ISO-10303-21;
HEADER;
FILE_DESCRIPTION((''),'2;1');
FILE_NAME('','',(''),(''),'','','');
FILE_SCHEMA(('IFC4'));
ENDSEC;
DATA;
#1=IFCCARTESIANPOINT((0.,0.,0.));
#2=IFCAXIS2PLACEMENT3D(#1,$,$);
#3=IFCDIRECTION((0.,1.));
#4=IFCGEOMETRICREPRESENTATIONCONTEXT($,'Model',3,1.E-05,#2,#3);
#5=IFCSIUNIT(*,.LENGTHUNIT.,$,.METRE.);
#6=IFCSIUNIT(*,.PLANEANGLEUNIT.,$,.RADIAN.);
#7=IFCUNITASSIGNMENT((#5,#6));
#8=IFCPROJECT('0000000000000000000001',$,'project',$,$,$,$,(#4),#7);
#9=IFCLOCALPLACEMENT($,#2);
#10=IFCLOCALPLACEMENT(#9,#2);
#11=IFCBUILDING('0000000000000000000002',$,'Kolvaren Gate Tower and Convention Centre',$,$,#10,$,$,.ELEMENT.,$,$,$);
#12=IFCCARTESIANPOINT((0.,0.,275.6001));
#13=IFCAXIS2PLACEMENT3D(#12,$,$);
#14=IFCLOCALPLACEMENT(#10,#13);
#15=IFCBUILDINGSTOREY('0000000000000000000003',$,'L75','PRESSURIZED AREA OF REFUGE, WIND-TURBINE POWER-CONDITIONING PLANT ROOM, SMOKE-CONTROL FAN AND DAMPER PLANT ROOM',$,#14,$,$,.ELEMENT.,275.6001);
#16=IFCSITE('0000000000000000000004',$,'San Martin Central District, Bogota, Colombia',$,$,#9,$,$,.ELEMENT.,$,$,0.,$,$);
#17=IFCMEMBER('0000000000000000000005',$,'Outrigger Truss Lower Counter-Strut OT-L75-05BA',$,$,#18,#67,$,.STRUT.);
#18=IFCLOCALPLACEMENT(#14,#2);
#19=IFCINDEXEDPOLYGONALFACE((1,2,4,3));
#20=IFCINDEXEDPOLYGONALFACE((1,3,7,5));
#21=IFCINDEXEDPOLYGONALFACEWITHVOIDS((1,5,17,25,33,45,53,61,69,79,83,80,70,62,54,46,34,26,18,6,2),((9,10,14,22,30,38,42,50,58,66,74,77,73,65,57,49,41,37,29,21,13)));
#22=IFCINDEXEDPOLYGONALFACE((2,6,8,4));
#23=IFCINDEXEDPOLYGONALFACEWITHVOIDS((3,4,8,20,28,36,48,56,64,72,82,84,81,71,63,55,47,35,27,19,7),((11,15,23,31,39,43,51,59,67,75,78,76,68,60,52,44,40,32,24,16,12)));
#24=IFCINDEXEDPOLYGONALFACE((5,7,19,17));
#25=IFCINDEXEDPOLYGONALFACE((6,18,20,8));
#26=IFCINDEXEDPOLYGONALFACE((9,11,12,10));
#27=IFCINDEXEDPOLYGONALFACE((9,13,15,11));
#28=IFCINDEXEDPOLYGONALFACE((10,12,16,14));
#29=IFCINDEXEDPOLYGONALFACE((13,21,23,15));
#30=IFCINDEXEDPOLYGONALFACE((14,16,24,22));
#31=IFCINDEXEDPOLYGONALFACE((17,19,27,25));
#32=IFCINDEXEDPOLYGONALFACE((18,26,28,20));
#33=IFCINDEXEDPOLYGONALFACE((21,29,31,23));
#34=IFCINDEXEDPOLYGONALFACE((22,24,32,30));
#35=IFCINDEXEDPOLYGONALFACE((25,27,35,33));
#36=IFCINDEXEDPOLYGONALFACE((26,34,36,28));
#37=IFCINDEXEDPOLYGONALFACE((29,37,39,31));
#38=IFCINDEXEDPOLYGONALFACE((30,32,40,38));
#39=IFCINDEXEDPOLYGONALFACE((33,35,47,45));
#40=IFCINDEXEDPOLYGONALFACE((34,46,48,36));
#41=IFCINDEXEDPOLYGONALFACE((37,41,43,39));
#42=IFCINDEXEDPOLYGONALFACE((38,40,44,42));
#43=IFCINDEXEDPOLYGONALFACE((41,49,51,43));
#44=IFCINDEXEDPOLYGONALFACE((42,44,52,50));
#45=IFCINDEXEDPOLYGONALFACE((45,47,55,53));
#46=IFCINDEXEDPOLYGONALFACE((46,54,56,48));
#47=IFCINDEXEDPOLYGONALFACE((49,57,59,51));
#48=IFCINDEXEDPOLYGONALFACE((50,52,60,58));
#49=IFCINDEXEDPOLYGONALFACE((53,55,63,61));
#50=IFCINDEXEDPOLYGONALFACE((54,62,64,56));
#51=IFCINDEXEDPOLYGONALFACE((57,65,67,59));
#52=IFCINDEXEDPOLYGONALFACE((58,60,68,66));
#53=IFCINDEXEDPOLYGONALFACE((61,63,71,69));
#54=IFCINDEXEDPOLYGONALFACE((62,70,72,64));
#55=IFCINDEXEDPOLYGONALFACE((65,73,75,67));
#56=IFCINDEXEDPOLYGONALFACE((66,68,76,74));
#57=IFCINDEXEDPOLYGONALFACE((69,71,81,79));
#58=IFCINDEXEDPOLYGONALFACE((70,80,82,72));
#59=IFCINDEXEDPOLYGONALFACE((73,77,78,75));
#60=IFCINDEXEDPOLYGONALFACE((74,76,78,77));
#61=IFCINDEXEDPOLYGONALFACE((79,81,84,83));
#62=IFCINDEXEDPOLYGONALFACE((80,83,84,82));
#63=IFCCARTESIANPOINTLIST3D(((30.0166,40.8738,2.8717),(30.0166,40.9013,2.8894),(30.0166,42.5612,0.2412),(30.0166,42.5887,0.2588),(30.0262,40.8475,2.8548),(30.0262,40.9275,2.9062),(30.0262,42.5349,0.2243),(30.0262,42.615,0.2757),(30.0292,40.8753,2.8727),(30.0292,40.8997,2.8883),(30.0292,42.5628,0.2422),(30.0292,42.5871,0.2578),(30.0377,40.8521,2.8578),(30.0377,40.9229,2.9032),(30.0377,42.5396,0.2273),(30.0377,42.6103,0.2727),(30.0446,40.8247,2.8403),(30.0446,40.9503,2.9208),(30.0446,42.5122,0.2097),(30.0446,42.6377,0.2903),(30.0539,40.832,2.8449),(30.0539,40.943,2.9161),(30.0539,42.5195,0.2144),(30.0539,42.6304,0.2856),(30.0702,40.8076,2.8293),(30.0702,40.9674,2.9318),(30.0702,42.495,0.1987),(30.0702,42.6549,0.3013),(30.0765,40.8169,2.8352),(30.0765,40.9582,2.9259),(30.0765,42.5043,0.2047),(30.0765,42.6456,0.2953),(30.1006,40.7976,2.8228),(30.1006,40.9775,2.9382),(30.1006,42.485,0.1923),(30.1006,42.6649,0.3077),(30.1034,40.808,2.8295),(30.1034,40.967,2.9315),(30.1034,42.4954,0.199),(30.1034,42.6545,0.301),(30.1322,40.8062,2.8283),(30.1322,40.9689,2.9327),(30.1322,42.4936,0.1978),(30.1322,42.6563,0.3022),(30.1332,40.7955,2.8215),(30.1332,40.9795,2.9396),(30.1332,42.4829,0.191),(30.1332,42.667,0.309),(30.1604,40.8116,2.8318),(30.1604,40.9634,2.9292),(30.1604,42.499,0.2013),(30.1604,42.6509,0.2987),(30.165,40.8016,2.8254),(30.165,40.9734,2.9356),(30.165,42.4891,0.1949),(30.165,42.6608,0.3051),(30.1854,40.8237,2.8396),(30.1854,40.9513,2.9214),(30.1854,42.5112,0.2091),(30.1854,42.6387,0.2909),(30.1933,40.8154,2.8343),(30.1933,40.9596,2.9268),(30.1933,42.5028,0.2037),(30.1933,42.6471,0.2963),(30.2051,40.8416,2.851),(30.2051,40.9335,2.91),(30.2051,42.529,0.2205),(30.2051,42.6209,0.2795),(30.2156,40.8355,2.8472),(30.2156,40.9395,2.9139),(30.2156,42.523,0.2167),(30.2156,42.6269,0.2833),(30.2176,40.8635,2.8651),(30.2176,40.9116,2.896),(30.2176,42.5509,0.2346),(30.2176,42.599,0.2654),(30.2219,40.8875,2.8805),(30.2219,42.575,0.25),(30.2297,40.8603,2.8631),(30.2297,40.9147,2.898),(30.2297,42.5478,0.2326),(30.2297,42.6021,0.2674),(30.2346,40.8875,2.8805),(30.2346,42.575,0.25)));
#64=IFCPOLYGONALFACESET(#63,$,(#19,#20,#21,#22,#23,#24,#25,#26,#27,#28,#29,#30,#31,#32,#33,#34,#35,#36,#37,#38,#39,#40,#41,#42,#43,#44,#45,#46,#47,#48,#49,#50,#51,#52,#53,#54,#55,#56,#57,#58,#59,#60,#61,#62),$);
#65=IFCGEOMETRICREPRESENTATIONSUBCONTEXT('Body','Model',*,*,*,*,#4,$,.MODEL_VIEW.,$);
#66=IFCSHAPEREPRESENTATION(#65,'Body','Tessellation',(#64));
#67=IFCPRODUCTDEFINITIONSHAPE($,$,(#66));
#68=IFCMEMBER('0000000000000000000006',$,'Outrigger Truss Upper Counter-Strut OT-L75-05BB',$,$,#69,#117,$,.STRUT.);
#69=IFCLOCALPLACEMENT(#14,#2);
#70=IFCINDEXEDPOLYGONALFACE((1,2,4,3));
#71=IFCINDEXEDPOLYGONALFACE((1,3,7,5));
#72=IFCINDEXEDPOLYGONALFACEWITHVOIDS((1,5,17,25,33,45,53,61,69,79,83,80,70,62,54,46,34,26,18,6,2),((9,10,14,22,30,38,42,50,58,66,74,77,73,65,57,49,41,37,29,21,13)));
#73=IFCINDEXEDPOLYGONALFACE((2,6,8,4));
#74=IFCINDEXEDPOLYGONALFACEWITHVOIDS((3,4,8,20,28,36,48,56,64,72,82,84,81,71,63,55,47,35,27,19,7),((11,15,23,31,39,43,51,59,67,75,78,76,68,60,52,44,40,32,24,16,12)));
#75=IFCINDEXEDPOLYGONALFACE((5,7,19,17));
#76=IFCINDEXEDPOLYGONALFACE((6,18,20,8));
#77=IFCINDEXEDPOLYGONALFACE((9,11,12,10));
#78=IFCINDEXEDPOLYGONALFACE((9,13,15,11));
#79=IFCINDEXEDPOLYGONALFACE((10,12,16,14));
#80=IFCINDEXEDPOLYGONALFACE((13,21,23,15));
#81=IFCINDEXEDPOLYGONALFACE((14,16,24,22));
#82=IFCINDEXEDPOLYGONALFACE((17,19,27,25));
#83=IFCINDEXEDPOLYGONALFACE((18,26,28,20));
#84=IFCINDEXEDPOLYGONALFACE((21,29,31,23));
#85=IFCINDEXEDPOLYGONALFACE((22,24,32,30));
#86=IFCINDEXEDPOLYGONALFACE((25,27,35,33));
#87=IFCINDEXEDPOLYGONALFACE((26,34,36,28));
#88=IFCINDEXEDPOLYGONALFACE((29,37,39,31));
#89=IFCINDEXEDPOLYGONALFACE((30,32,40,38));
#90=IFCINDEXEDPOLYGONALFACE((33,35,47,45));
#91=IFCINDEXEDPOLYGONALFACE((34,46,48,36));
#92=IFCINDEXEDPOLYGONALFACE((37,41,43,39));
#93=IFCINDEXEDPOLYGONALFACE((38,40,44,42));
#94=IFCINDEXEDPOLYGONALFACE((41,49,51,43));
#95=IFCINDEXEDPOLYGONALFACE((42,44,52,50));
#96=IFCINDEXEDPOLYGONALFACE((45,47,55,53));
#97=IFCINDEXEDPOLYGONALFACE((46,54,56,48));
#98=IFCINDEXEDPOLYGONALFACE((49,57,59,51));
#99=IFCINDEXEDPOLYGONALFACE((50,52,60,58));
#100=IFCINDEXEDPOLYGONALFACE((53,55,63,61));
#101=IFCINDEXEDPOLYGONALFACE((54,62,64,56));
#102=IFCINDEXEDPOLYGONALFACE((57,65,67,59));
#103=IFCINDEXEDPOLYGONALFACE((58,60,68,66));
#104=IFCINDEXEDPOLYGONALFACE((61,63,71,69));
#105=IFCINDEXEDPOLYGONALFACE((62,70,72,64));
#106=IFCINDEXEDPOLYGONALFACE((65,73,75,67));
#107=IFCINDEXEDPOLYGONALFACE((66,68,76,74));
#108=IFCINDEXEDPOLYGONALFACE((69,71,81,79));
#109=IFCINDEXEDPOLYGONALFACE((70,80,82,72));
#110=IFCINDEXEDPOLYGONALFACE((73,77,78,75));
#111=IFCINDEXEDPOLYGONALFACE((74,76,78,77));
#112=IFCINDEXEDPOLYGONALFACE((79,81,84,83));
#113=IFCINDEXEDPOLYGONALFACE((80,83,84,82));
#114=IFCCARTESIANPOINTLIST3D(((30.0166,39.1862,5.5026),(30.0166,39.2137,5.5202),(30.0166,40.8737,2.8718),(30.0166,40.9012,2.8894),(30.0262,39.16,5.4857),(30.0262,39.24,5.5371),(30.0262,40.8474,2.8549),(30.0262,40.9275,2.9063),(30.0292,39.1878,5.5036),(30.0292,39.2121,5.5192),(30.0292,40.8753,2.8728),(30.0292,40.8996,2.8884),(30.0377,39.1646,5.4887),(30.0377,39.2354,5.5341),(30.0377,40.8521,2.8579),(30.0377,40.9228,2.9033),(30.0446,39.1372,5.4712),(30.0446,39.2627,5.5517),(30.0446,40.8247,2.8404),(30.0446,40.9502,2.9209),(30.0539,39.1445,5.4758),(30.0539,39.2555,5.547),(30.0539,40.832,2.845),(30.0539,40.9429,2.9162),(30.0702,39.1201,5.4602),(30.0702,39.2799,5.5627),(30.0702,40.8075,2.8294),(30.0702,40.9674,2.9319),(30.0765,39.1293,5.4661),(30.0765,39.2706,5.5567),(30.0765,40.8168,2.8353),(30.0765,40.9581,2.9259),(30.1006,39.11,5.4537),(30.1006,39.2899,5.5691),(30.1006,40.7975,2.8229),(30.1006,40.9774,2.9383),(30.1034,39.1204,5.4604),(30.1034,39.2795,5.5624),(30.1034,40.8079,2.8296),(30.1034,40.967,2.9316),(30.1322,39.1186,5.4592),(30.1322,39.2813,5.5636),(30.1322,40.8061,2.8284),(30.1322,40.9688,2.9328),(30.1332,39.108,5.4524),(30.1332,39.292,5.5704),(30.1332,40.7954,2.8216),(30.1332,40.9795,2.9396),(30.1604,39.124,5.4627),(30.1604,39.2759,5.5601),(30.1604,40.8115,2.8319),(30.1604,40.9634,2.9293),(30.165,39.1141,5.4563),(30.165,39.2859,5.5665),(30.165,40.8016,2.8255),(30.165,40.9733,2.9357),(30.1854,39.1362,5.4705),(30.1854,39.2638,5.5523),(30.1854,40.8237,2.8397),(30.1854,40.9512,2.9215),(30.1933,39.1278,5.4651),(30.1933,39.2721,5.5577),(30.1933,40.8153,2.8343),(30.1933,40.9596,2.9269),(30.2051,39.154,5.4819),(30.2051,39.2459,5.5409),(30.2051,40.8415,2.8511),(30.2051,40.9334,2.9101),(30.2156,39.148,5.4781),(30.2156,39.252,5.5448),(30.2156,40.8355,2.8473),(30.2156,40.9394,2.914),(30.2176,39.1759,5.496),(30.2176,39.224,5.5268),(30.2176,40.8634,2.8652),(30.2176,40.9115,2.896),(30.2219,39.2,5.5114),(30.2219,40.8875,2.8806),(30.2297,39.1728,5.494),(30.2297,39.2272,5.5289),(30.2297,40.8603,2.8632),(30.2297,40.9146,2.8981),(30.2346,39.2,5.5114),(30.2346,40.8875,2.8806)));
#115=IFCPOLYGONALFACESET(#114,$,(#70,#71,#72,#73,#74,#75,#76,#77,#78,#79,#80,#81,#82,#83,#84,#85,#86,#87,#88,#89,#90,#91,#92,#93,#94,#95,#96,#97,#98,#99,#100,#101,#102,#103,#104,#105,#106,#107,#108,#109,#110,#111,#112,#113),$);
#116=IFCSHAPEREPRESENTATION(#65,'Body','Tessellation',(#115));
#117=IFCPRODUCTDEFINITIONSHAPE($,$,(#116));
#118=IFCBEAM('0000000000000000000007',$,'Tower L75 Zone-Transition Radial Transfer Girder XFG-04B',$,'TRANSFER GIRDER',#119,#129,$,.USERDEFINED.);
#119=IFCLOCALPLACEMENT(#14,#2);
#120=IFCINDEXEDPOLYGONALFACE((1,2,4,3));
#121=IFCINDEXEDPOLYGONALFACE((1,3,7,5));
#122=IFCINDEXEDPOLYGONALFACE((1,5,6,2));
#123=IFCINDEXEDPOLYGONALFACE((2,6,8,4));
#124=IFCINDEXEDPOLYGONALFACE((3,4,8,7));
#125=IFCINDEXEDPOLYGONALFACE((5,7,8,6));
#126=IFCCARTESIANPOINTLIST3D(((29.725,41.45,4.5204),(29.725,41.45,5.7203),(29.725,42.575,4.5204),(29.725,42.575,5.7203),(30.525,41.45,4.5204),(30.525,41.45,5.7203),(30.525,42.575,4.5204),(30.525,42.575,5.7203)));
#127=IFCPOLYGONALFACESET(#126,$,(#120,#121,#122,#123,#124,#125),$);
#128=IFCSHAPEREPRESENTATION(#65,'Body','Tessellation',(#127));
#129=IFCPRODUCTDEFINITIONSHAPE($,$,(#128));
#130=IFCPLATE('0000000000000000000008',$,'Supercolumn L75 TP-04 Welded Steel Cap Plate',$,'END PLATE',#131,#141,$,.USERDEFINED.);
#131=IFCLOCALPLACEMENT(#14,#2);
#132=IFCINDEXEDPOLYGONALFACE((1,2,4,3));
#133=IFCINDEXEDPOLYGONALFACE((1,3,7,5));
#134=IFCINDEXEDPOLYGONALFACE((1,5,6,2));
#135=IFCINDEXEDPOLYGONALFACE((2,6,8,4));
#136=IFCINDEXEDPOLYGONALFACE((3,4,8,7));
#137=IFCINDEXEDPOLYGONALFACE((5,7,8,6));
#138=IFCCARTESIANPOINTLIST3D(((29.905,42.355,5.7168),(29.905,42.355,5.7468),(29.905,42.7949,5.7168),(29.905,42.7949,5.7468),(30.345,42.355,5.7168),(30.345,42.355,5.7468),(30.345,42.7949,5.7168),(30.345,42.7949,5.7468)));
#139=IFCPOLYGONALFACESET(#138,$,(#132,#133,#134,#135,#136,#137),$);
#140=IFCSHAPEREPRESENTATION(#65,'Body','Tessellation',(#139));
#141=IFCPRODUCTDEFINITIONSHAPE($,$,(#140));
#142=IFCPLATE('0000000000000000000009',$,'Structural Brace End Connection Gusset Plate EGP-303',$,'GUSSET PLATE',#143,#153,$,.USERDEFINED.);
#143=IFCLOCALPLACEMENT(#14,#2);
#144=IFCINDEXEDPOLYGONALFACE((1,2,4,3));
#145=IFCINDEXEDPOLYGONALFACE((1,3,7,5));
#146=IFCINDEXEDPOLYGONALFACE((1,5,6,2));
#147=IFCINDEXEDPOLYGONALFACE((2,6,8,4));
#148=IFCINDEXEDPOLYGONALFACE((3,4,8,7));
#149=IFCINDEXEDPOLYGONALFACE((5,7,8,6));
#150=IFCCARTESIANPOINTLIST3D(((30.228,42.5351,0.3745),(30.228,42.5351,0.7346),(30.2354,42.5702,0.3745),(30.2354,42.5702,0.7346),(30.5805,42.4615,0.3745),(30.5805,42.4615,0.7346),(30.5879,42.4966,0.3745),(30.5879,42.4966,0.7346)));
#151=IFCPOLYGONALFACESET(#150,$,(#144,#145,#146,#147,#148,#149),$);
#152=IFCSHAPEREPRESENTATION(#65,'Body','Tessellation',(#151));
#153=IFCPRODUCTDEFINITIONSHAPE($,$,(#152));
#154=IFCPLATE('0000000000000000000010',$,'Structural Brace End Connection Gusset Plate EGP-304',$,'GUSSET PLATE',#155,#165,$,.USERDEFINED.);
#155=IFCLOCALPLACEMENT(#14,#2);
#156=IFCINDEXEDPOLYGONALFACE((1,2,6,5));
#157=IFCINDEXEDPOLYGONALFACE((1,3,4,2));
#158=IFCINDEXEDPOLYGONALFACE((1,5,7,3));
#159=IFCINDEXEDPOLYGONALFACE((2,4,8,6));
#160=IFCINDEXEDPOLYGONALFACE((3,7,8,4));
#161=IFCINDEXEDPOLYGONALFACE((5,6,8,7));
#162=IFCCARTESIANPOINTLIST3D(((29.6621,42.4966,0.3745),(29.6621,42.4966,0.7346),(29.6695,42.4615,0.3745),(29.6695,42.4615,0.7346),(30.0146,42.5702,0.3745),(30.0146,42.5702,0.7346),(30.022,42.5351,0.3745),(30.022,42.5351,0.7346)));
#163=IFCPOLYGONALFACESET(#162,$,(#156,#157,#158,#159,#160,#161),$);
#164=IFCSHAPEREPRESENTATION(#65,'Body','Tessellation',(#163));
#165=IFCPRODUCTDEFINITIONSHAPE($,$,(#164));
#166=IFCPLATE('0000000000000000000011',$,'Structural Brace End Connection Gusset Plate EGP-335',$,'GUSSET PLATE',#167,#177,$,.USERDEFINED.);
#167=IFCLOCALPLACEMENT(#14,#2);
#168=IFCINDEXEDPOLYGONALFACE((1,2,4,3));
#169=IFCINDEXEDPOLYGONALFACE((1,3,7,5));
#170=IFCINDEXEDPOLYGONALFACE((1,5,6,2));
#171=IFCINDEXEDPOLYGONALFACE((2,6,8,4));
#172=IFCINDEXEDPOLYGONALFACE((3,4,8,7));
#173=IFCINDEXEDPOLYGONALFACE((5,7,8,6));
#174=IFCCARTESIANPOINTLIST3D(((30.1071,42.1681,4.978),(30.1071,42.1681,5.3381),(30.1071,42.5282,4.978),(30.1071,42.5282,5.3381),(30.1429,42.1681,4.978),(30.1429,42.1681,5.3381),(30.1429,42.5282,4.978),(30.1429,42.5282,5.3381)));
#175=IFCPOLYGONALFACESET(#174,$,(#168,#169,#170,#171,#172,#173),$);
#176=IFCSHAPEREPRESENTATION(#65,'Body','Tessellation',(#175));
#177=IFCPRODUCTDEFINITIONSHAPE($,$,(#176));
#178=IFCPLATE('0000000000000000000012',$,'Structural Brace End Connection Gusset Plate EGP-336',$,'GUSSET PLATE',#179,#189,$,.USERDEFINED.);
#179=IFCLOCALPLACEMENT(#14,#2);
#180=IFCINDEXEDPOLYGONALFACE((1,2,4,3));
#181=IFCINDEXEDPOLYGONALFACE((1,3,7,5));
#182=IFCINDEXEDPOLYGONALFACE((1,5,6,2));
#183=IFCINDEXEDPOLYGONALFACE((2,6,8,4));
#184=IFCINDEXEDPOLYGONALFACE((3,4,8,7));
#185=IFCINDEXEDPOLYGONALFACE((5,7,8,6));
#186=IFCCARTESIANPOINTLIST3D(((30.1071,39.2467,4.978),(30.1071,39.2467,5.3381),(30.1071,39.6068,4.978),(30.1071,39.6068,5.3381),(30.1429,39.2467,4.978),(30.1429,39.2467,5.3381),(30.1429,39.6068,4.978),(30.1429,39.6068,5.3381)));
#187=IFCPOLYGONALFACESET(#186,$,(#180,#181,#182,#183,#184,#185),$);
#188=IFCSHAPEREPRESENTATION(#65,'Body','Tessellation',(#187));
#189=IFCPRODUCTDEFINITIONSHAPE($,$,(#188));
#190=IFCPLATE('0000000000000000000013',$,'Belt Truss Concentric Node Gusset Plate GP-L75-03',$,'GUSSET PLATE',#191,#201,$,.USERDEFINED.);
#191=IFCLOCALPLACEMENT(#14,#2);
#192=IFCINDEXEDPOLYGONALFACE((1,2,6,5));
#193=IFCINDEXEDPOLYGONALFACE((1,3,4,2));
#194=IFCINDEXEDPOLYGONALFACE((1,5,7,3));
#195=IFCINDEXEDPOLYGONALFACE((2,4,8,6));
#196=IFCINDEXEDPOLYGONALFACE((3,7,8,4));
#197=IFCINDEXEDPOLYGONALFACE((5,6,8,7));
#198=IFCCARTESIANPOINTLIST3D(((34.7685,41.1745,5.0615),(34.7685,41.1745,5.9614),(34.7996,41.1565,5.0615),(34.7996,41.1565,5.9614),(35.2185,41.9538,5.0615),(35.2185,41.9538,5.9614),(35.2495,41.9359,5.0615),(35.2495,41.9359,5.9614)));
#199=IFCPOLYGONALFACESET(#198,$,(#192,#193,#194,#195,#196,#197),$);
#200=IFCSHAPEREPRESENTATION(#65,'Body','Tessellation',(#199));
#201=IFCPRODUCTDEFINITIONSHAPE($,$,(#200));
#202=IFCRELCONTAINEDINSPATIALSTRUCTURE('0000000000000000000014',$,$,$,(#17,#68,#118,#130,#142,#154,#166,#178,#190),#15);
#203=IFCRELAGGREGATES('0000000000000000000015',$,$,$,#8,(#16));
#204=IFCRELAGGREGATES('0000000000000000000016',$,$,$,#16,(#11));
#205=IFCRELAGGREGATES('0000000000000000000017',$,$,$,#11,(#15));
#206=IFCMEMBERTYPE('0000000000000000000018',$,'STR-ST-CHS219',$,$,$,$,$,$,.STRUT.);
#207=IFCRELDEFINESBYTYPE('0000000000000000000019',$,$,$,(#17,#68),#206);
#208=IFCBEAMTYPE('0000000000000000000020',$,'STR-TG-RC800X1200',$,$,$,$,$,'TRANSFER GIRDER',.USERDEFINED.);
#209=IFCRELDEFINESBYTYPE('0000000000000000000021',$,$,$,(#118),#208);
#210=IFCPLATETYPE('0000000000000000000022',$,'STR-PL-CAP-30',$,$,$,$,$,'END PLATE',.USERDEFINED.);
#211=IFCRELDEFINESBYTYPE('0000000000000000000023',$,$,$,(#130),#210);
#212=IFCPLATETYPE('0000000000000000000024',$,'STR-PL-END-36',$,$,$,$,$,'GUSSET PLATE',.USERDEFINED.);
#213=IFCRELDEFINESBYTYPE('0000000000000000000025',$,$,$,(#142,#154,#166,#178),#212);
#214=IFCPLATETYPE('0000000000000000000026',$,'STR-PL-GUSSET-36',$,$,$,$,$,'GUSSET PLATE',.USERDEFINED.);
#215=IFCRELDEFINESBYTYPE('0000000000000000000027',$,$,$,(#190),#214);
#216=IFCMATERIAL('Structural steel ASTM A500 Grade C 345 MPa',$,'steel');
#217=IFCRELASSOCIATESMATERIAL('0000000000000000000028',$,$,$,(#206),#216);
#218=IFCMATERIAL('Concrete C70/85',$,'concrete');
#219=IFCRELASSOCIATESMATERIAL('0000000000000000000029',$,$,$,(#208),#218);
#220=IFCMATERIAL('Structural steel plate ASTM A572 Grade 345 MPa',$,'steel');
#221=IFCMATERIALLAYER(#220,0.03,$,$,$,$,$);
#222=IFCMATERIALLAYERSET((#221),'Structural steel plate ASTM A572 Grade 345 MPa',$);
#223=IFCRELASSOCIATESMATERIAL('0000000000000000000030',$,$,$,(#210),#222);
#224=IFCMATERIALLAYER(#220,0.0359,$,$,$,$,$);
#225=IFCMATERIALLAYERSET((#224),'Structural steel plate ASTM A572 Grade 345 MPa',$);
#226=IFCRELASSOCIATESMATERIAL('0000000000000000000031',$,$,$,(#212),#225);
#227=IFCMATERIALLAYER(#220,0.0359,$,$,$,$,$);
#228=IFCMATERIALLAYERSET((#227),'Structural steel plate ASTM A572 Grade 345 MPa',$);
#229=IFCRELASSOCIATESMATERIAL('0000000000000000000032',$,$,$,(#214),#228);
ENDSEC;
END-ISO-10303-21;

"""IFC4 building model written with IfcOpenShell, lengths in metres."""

from ifc_helpers import new_model, si_unit, direction, frame, origin, origin_2d, place, context, subcontext, project, spatial, rectangle, hollow_circle, extrude, material, layer, layer_set, material_profile, profile_set, type_object, element, save


model = new_model("IFC4")

# Units and contexts
model_context = context("Model", 3, precision=1e-05, world=origin(), true_north=direction((0.0, 1.0)))
body_context = subcontext(model_context, "Body", "Model", "MODEL_VIEW")
ifc_project = project(units=[si_unit("LENGTHUNIT", "METRE"), si_unit("PLANEANGLEUNIT", "RADIAN")], contexts=[model_context])

# Site, building, storey
site_placement = place(None, origin())
site = spatial("IfcSite", under=ifc_project, at=site_placement, Name="San Martin Central District, Bogota, Colombia", CompositionType="ELEMENT", RefElevation=0.0)
building_placement = place(site_placement, origin())
building = spatial("IfcBuilding", under=site, at=building_placement, Name="Kolvaren Gate Tower and Convention Centre", CompositionType="ELEMENT")
storey_placement = place(building_placement, frame((0.0, 0.0, 275.6001)))
storey = spatial("IfcBuildingStorey", under=building, at=storey_placement, Name="L75", Description="PRESSURIZED AREA OF REFUGE, WIND-TURBINE POWER-CONDITIONING PLANT ROOM, SMOKE-CONTROL FAN AND DAMPER PLANT ROOM", CompositionType="ELEMENT", Elevation=275.6001)

# Shared definitions
ifc_material_1 = material(Name="Structural steel ASTM A500 Grade C 345 MPa", Category="steel")

# Members
ifc_material_profile_1 = material_profile(ifc_material_1, hollow_circle(Radius=0.1096, WallThickness=0.0127, at=origin_2d()), Name="CHS219X12.7")
ifc_profile_set_1 = profile_set([ifc_material_profile_1], Name="Structural steel ASTM A500 Grade C 345 MPa")
member_type_1 = type_object("IfcMemberType", Name="STR-ST-CHS219", PredefinedType="STRUT", material=ifc_profile_set_1)
member_1_placement = place(storey_placement, frame((30.125, 42.575, 0.25), z_axis=(0.0, -0.53994, 0.841703), x_axis=(1.0, 0.0, 0.0)))
element("IfcMember", 1, at=member_1_placement, inside=storey, type_object=member_type_1, Name="Outrigger Truss Lower Counter-Strut OT-L75-05BA", PredefinedType="STRUT", context=body_context, shape_type="SweptSolid", body=[
    extrude(hollow_circle(Radius=0.1096, WallThickness=0.0127, at=origin_2d()), origin(), (0.0, 0.0, 1.0), 3.1252),
])
member_2_placement = place(storey_placement, frame((30.125, 40.8875, 2.8806), z_axis=(0.0, -0.539905, 0.841726), x_axis=(1.0, 0.0, 0.0)))
element("IfcMember", 2, at=member_2_placement, inside=storey, type_object=member_type_1, Name="Outrigger Truss Upper Counter-Strut OT-L75-05BB", PredefinedType="STRUT", context=body_context, shape_type="SweptSolid", body=[
    extrude(hollow_circle(Radius=0.1096, WallThickness=0.0127, at=origin_2d()), origin(), (0.0, 0.0, 1.0), 3.1255),
])

# Beam
ifc_material_2 = material(Name="Concrete C70/85", Category="concrete")
ifc_material_profile_2 = material_profile(ifc_material_2, rectangle(XDim=0.8, YDim=1.2, at=origin_2d()), Name="RC-BM-800X1200")
ifc_profile_set_2 = profile_set([ifc_material_profile_2], Name="Concrete C70/85")
beam_type_1 = type_object("IfcBeamType", Name="STR-TG-RC800X1200", ElementType="TRANSFER GIRDER", PredefinedType="USERDEFINED", material=ifc_profile_set_2)
beam_1_placement = place(storey_placement, frame((30.125, 41.45, 5.1204), z_axis=(0.0, 1.0, 0.0), x_axis=(-1.0, 0.0, 0.0)))
element("IfcBeam", 3, at=beam_1_placement, inside=storey, type_object=beam_type_1, Name="Tower L75 Zone-Transition Radial Transfer Girder XFG-04B", ObjectType="TRANSFER GIRDER", PredefinedType="USERDEFINED", context=body_context, shape_type="SweptSolid", body=[
    extrude(rectangle(XDim=0.8, YDim=1.2, at=origin_2d()), origin(), (0.0, 0.0, 1.0), 1.125),
])

# Plates
ifc_material_3 = material(Name="Structural steel plate ASTM A572 Grade 345 MPa", Category="steel")
ifc_layer_1 = layer(ifc_material_3, 0.03)
ifc_layer_set_1 = layer_set([ifc_layer_1], Name="Structural steel plate ASTM A572 Grade 345 MPa")
plate_type_1 = type_object("IfcPlateType", Name="STR-PL-CAP-30", ElementType="END PLATE", PredefinedType="USERDEFINED", material=ifc_layer_set_1)
plate_1_placement = place(storey_placement, frame((30.125, 42.575, 5.7168), z_axis=(0.0, 0.0, 1.0), x_axis=(1.0, 0.0, 0.0)))
element("IfcPlate", 4, at=plate_1_placement, inside=storey, type_object=plate_type_1, Name="Supercolumn L75 TP-04 Welded Steel Cap Plate", ObjectType="END PLATE", PredefinedType="USERDEFINED", context=body_context, shape_type="SweptSolid", body=[
    extrude(rectangle(XDim=0.4399, YDim=0.4399, at=origin_2d()), origin(), (0.0, 0.0, 1.0), 0.03),
])
ifc_layer_2 = layer(ifc_material_3, 0.0359)
ifc_layer_set_2 = layer_set([ifc_layer_2], Name="Structural steel plate ASTM A572 Grade 345 MPa")
plate_type_2 = type_object("IfcPlateType", Name="STR-PL-END-36", ElementType="GUSSET PLATE", PredefinedType="USERDEFINED", material=ifc_layer_set_2)
for number, where, z_axis, x_axis, name in (
    (5, (30.408, 42.5159, 0.3745), (0.0, 0.0, 1.0), (0.978885, -0.204411, 0.0), "Structural Brace End Connection Gusset Plate EGP-303"),
    (6, (29.842, 42.5159, 0.3745), (0.0, 0.0, 1.0), (-0.978885, -0.204411, 0.0), "Structural Brace End Connection Gusset Plate EGP-304"),
    (7, (30.125, 42.3481, 4.978), (0.0, 0.0, 1.0), (0.0, 1.0, 0.0), "Structural Brace End Connection Gusset Plate EGP-335"),
    (8, (30.125, 39.4268, 4.978), (0.0, 0.0, 1.0), (0.0, -1.0, 0.0), "Structural Brace End Connection Gusset Plate EGP-336"),
):
    element("IfcPlate", number, at=place(storey_placement, frame(where, z_axis=z_axis, x_axis=x_axis)), inside=storey, type_object=plate_type_2, Name=name, ObjectType="GUSSET PLATE", PredefinedType="USERDEFINED", context=body_context, shape_type="SweptSolid", body=[
        extrude(rectangle(XDim=0.3601, YDim=0.0359, at=origin_2d()), origin(), (0.0, 0.0, 1.0), 0.3601),
    ])
ifc_layer_3 = layer(ifc_material_3, 0.0359)
ifc_layer_set_3 = layer_set([ifc_layer_3], Name="Structural steel plate ASTM A572 Grade 345 MPa")
plate_type_3 = type_object("IfcPlateType", Name="STR-PL-GUSSET-36", ElementType="GUSSET PLATE", PredefinedType="USERDEFINED", material=ifc_layer_set_3)
plate_2_placement = place(storey_placement, frame((35.009, 41.5552, 5.0615), z_axis=(0.0, 0.0, 1.0), x_axis=(0.5, 0.866025, 0.0)))
element("IfcPlate", 9, at=plate_2_placement, inside=storey, type_object=plate_type_3, Name="Belt Truss Concentric Node Gusset Plate GP-L75-03", ObjectType="GUSSET PLATE", PredefinedType="USERDEFINED", context=body_context, shape_type="SweptSolid", body=[
    extrude(rectangle(XDim=0.8999, YDim=0.0359, at=origin_2d()), origin(), (0.0, 0.0, 1.0), 0.8999),
])

save(model, "model.ifc")
